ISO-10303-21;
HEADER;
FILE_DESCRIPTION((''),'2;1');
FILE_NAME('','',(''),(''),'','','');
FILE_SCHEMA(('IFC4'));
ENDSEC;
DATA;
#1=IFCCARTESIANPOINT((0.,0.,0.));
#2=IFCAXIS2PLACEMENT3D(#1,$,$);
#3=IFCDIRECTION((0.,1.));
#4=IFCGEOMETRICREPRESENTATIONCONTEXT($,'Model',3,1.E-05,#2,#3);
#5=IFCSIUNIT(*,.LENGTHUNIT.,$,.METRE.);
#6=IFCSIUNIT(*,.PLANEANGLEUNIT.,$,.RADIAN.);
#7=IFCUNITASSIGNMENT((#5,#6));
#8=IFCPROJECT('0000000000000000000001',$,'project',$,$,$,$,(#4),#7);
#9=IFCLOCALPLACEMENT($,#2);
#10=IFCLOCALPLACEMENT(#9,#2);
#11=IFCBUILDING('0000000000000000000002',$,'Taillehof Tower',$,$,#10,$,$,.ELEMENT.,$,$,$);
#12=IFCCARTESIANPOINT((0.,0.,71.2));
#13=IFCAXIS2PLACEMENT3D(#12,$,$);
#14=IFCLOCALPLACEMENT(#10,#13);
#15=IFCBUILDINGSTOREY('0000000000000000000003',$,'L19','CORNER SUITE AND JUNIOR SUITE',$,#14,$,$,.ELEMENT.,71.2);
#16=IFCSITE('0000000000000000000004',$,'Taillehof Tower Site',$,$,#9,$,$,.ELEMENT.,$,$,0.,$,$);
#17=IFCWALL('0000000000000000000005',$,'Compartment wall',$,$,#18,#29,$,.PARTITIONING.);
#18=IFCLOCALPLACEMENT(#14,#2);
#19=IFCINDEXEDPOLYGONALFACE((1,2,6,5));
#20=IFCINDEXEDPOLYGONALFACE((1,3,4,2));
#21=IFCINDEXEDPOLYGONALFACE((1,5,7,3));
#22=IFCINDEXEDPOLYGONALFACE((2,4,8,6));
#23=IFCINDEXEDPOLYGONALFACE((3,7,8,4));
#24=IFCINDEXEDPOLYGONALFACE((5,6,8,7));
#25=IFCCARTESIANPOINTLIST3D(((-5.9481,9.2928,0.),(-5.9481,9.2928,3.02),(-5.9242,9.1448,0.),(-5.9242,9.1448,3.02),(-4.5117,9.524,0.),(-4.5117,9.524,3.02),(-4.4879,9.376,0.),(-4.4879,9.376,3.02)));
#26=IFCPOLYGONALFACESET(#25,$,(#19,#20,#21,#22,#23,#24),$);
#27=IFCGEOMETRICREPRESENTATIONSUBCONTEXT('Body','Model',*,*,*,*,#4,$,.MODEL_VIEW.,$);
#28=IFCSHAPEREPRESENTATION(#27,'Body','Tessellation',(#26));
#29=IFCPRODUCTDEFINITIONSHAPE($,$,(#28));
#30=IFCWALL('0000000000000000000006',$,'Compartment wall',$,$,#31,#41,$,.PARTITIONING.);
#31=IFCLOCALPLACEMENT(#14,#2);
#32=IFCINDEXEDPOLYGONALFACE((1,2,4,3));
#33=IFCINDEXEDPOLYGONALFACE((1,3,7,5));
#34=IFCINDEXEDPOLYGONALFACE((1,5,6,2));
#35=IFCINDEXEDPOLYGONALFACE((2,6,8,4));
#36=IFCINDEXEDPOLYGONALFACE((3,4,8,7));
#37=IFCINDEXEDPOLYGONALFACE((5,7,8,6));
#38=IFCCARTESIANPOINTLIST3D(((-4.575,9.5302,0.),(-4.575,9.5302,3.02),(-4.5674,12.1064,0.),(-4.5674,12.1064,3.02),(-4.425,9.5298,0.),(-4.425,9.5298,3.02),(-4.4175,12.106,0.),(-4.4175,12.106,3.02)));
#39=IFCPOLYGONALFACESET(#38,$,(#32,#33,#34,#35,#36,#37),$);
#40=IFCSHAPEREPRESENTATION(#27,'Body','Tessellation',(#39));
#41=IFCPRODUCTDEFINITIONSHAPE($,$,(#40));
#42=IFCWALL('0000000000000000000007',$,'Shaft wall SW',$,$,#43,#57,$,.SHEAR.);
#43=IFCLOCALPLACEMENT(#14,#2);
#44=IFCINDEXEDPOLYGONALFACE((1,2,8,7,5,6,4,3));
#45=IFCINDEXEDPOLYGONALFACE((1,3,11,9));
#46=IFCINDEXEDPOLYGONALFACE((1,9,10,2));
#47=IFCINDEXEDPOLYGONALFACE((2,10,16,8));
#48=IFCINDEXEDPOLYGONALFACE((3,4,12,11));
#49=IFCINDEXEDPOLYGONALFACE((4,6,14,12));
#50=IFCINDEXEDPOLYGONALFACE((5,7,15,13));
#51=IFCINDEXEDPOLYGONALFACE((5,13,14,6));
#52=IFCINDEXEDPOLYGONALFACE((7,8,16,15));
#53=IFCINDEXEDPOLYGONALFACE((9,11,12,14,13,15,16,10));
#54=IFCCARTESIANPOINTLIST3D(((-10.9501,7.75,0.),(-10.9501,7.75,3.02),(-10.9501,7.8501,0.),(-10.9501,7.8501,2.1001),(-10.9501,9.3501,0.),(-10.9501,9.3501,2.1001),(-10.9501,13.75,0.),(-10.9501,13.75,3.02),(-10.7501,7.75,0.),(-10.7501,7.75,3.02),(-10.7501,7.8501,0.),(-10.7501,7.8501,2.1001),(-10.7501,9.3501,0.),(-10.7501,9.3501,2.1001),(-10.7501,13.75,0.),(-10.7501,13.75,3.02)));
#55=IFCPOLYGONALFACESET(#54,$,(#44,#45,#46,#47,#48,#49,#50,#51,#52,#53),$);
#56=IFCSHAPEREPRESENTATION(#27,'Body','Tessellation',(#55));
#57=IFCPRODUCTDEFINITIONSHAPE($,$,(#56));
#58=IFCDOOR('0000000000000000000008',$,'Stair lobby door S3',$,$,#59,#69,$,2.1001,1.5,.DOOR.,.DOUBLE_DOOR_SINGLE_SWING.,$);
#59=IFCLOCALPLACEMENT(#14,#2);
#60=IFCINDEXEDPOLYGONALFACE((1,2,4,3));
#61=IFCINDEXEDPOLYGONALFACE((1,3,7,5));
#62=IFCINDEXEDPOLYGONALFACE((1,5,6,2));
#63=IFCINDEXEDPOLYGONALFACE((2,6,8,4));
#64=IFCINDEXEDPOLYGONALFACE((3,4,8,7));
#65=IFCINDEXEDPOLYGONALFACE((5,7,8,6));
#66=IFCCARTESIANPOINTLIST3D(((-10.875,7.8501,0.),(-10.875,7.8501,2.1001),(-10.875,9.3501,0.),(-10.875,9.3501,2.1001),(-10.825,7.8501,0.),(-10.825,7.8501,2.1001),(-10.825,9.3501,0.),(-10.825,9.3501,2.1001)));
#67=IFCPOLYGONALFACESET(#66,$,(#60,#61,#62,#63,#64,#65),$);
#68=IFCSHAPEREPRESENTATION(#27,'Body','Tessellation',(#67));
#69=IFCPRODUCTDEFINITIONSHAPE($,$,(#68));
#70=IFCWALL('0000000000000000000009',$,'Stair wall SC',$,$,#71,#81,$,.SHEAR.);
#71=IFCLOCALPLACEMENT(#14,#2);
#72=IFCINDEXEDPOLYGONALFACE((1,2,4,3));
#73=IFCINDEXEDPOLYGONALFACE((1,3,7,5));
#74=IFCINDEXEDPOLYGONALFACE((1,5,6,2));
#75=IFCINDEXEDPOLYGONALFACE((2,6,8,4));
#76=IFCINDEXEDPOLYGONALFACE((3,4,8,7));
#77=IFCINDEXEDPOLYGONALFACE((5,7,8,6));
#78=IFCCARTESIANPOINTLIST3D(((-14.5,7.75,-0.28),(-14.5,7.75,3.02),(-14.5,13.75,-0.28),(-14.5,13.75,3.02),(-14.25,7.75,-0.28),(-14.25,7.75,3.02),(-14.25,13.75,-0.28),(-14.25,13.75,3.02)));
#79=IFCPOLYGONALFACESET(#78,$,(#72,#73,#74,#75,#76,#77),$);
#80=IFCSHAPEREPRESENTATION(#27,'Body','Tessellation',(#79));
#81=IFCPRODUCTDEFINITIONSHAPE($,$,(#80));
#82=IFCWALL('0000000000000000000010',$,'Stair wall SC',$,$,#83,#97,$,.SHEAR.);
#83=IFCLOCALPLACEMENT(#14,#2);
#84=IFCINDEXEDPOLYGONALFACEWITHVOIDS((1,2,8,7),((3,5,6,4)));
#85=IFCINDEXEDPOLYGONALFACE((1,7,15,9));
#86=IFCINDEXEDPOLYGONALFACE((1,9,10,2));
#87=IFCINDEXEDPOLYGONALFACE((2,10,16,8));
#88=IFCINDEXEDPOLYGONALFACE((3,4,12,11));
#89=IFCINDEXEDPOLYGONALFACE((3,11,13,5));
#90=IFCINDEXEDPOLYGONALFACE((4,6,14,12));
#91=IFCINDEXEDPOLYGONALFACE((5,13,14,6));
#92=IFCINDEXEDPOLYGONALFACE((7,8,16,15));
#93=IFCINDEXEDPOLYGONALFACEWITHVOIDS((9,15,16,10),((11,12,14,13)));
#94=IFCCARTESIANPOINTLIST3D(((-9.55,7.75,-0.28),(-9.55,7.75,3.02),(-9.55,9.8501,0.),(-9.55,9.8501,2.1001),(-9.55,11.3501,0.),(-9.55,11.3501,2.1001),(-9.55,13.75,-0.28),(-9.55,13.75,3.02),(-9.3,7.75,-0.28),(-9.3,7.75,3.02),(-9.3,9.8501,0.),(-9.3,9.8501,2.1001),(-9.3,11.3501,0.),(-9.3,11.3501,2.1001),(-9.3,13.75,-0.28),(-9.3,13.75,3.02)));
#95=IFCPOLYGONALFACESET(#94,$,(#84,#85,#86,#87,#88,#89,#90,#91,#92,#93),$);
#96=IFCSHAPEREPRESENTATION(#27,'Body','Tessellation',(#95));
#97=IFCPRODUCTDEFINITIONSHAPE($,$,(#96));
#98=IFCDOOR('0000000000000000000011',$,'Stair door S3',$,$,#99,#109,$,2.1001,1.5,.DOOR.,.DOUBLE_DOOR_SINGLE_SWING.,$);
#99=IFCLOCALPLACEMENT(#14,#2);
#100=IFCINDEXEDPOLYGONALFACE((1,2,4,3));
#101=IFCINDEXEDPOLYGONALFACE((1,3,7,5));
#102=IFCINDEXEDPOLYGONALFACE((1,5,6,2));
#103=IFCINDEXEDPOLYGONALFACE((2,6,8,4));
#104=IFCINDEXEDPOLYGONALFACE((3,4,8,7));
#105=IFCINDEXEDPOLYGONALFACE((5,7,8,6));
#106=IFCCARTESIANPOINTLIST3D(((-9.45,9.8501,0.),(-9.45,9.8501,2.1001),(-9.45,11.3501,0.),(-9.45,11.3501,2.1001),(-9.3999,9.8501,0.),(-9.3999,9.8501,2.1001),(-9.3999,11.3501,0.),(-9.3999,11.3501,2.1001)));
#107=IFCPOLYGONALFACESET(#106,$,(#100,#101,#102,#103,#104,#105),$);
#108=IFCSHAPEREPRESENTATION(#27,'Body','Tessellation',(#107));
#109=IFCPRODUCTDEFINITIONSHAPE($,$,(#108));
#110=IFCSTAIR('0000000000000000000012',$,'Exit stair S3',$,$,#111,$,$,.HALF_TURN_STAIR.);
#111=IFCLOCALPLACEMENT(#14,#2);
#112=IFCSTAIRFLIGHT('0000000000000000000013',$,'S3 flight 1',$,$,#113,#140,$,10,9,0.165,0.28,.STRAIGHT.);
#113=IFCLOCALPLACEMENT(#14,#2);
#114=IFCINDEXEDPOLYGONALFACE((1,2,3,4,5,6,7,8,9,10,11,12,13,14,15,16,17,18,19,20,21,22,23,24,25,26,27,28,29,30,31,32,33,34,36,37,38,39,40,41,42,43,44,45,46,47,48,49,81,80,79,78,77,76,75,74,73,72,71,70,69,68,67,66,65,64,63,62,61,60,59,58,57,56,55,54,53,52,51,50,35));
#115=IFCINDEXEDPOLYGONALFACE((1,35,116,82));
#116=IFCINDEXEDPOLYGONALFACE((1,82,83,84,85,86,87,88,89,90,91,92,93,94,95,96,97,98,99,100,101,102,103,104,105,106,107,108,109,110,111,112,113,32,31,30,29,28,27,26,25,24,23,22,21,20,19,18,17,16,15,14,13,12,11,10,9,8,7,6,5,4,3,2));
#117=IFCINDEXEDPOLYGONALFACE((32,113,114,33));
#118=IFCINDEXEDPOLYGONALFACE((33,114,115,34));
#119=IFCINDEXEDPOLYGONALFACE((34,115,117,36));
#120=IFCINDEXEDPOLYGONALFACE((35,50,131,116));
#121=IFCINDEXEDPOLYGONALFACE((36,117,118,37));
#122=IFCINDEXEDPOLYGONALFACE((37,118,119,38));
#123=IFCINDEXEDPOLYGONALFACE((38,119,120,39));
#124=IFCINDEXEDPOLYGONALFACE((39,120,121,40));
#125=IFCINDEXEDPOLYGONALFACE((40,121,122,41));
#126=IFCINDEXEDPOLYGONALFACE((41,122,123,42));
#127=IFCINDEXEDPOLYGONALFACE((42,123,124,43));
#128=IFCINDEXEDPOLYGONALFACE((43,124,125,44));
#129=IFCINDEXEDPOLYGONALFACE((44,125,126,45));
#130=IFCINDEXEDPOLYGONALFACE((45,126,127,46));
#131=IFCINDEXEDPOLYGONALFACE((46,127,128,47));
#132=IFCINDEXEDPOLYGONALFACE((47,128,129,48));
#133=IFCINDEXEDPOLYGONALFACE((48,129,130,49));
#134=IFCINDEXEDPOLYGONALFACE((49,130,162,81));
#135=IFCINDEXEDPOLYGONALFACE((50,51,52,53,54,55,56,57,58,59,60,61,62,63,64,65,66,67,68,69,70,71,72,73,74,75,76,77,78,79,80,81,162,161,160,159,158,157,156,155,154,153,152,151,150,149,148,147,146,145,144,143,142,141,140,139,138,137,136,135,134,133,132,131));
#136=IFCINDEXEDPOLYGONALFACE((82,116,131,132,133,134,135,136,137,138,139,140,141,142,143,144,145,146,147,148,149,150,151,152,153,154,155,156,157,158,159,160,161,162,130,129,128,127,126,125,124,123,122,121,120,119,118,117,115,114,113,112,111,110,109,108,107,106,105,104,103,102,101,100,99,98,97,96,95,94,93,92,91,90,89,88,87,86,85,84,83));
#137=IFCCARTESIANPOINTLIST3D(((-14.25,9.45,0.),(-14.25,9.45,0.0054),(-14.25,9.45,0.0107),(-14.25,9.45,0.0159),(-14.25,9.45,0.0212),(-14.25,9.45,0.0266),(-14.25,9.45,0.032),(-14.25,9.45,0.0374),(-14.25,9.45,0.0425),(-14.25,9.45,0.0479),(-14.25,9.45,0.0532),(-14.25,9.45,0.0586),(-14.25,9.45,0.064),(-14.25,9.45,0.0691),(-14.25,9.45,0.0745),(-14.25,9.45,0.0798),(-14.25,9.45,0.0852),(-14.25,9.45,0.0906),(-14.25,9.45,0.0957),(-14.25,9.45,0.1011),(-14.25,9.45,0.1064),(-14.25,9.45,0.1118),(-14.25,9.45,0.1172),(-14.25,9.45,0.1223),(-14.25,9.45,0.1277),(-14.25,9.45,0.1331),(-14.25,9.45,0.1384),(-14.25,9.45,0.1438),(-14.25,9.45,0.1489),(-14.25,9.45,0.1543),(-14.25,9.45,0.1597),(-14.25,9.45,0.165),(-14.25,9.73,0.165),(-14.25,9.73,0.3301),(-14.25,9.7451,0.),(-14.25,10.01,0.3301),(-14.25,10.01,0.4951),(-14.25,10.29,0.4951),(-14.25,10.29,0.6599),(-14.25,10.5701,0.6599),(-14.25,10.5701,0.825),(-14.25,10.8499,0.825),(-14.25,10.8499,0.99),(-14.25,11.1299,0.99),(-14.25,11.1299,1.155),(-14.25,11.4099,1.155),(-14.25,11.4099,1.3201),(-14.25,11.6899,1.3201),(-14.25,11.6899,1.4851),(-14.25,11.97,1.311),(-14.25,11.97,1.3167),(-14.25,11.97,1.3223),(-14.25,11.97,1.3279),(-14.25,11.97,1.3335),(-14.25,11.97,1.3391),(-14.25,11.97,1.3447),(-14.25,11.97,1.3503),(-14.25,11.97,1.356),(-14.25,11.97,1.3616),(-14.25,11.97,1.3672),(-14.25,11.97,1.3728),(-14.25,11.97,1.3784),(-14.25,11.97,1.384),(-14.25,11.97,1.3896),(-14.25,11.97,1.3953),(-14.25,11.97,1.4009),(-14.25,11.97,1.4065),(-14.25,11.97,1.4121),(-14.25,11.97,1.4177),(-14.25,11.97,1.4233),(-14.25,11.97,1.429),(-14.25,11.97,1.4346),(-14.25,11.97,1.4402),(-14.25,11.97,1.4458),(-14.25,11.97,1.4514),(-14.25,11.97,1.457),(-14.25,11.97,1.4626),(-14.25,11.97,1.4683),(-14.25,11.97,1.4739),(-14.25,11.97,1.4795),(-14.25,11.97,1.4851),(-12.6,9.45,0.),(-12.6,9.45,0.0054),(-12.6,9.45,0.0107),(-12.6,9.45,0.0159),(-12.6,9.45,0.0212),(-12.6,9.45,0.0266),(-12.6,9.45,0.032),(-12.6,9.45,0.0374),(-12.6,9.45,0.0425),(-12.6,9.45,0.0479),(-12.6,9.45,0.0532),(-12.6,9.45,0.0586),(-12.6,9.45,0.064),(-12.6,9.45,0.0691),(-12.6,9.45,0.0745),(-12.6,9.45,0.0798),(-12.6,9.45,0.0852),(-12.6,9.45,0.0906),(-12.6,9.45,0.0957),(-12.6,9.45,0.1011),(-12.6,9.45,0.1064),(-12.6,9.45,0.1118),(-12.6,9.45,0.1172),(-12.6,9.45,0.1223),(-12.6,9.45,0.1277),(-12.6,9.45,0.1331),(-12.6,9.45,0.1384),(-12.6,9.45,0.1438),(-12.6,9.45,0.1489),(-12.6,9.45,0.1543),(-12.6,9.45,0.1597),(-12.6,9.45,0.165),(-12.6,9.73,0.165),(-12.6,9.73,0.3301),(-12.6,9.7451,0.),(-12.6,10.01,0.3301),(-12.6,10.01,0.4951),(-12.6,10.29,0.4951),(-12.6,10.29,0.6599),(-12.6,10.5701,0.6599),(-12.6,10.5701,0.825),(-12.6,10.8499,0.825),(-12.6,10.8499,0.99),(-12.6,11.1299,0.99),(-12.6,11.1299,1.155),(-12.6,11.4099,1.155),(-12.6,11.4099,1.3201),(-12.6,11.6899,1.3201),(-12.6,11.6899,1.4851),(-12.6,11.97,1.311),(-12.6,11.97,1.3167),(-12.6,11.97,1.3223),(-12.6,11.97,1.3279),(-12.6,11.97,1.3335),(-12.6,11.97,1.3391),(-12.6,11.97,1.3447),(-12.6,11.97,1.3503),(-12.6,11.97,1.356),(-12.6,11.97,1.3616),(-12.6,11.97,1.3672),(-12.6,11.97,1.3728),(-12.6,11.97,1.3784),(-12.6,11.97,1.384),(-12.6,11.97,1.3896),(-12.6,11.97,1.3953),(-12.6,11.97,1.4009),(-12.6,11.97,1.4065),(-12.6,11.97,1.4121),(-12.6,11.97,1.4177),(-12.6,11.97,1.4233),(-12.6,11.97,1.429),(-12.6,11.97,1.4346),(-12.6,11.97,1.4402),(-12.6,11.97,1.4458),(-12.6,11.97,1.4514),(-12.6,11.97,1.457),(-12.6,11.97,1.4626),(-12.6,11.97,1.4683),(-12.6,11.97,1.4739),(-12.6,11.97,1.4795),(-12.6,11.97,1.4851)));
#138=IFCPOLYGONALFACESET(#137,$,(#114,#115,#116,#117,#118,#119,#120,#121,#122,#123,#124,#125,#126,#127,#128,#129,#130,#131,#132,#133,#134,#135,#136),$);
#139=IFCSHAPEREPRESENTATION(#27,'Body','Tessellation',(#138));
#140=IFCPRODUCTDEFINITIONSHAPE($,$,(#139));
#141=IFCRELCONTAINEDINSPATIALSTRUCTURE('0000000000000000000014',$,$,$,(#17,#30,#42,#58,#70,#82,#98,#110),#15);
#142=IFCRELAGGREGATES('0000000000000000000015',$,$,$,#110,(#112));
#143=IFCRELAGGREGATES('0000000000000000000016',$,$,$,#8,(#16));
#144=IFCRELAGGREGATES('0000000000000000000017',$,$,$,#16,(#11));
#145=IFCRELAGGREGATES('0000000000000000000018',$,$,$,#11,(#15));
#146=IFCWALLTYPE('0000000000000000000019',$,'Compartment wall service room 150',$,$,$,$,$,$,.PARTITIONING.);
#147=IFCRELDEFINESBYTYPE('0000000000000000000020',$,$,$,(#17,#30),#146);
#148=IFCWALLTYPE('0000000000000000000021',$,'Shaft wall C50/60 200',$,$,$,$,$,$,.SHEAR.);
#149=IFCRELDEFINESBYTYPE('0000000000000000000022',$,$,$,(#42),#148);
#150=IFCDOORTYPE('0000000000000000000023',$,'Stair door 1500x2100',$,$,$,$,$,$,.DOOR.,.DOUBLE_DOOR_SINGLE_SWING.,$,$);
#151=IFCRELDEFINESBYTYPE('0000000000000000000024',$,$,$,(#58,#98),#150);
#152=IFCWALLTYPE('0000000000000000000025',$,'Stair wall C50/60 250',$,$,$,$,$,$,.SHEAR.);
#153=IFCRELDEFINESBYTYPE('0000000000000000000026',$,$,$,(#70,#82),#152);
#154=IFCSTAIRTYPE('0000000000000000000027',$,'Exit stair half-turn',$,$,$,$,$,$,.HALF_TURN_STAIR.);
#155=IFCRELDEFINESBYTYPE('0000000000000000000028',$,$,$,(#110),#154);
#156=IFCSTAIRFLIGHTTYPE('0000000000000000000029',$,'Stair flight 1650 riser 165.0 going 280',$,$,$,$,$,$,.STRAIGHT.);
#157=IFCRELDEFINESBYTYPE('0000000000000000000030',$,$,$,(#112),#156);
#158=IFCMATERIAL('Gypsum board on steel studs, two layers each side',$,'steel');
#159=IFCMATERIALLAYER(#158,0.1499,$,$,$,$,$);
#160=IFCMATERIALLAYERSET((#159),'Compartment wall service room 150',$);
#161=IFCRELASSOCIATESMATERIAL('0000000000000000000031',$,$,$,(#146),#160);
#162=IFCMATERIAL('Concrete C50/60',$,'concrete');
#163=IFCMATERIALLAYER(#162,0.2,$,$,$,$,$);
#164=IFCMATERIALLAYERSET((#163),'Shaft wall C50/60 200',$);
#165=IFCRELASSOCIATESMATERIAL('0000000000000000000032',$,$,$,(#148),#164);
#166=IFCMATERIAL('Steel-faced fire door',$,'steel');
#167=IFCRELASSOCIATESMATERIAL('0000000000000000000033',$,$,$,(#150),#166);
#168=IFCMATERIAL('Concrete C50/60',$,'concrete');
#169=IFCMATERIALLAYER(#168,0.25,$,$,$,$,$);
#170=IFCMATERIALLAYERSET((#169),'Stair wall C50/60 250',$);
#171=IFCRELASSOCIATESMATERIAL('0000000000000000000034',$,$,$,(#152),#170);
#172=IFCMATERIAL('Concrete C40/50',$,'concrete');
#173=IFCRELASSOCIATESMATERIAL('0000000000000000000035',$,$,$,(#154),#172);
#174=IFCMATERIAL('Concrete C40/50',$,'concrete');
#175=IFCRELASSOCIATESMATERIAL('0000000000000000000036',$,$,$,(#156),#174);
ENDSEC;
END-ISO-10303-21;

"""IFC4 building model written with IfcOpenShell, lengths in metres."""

from ifc_helpers import new_model, si_unit, direction, frame, frame_2d, origin, place, context, subcontext, project, spatial, polyline, rectangle, outline, extrude, material, layer, layer_set, type_object, element, fill, aggregate, save


model = new_model("IFC4")

# Units and contexts
model_context = context("Model", 3, precision=1e-05, world=origin(), true_north=direction((0.0, 1.0)))
body_context = subcontext(model_context, "Body", "Model", "MODEL_VIEW")
ifc_project = project(units=[si_unit("LENGTHUNIT", "METRE"), si_unit("PLANEANGLEUNIT", "RADIAN")], contexts=[model_context])

# Site, building, storey
site_placement = place(None, origin())
site = spatial("IfcSite", under=ifc_project, at=site_placement, Name="Taillehof Tower Site", CompositionType="ELEMENT", RefElevation=0.0)
building_placement = place(site_placement, origin())
building = spatial("IfcBuilding", under=site, at=building_placement, Name="Taillehof Tower", CompositionType="ELEMENT")
storey_placement = place(building_placement, frame((0.0, 0.0, 71.2)))
storey = spatial("IfcBuildingStorey", under=building, at=storey_placement, Name="L19", Description="CORNER SUITE AND JUNIOR SUITE", CompositionType="ELEMENT", Elevation=71.2)

# Shared definitions
ifc_material_1 = material(Name="Gypsum board on steel studs, two layers each side", Category="steel")
ifc_layer_1 = layer(ifc_material_1, 0.1499)
ifc_layer_set_1 = layer_set([ifc_layer_1], Name="Compartment wall service room 150")
wall_type_1 = type_object("IfcWallType", Name="Compartment wall service room 150", PredefinedType="PARTITIONING", material=ifc_layer_set_1)

# Walls
wall_1_placement = place(storey_placement, frame((-5.9363, 9.2188, 0.0), z_axis=(0.0, 0.0, 1.0), x_axis=(0.98729, 0.158926, 0.0)))
element("IfcWall", 1, at=wall_1_placement, inside=storey, type_object=wall_type_1, Name="Compartment wall", PredefinedType="PARTITIONING", context=body_context, shape_type="SweptSolid", body=[
    extrude(rectangle(XDim=1.4548, YDim=0.1499, at=frame_2d((0.7275, 0.0))), origin(), (0.0, 0.0, 1.0), 3.02),
])
wall_2_placement = place(storey_placement, frame((-4.5, 9.53, 0.0), z_axis=(0.0, 0.0, 1.0), x_axis=(0.002938, 0.999996, 0.0)))
element("IfcWall", 2, at=wall_2_placement, inside=storey, type_object=wall_type_1, Name="Compartment wall", PredefinedType="PARTITIONING", context=body_context, shape_type="SweptSolid", body=[
    extrude(rectangle(XDim=2.5762, YDim=0.1499, at=frame_2d((1.2881, 0.0))), origin(), (0.0, 0.0, 1.0), 3.02),
])

# Wall, opening, door
ifc_material_2 = material(Name="Concrete C50/60", Category="concrete")
ifc_layer_2 = layer(ifc_material_2, 0.2)
ifc_layer_set_2 = layer_set([ifc_layer_2], Name="Shaft wall C50/60 200")
wall_type_2 = type_object("IfcWallType", Name="Shaft wall C50/60 200", PredefinedType="SHEAR", material=ifc_layer_set_2)
wall_3_placement = place(storey_placement, frame((-10.8501, 7.75, 0.0), z_axis=(0.0, 0.0, 1.0), x_axis=(0.0, 1.0, 0.0)))
wall_3 = element("IfcWall", 3, at=wall_3_placement, inside=storey, type_object=wall_type_2, Name="Shaft wall SW", PredefinedType="SHEAR", context=body_context, shape_type="SweptSolid", body=[
    extrude(rectangle(XDim=6.0, YDim=0.2, at=frame_2d((3.0, 0.0))), origin(), (0.0, 0.0, 1.0), 3.02),
])
opening_1_placement = place(wall_3_placement, frame((0.1001, 0.0, 0.0)))
opening_1 = element("IfcOpeningElement", 4, at=opening_1_placement, cuts=wall_3, PredefinedType="OPENING", context=body_context, shape_type="SweptSolid", body=[
    extrude(rectangle(XDim=1.5, YDim=2.1001, at=frame_2d((0.75, 1.05))), frame((0.0, 0.1099, 0.0), z_axis=(0.0, -1.0, 0.0), x_axis=(1.0, 0.0, 0.0)), (0.0, 0.0, 1.0), 0.22),
])
ifc_material_3 = material(Name="Steel-faced fire door", Category="steel")
door_type_1 = type_object("IfcDoorType", Name="Stair door 1500x2100", OperationType="DOUBLE_DOOR_SINGLE_SWING", PredefinedType="DOOR", material=ifc_material_3)
door_1_placement = place(opening_1_placement, origin())
door_1 = element("IfcDoor", 5, at=door_1_placement, inside=storey, type_object=door_type_1, Name="Stair lobby door S3", OperationType="DOUBLE_DOOR_SINGLE_SWING", OverallHeight=2.1001, OverallWidth=1.5, PredefinedType="DOOR", context=body_context, shape_type="SweptSolid", body=[
    extrude(rectangle(XDim=1.5, YDim=2.1001, at=frame_2d((0.75, 1.05))), frame((0.0, 0.0249, 0.0), z_axis=(0.0, -1.0, 0.0), x_axis=(1.0, 0.0, 0.0)), (0.0, 0.0, 1.0), 0.05),
])
fill(opening_1, door_1)

# Wall
ifc_material_4 = material(Name="Concrete C50/60", Category="concrete")
ifc_layer_3 = layer(ifc_material_4, 0.25)
ifc_layer_set_3 = layer_set([ifc_layer_3], Name="Stair wall C50/60 250")
wall_type_3 = type_object("IfcWallType", Name="Stair wall C50/60 250", PredefinedType="SHEAR", material=ifc_layer_set_3)
wall_4_placement = place(storey_placement, frame((-14.375, 7.75, -0.28), z_axis=(0.0, 0.0, 1.0), x_axis=(0.0, 1.0, 0.0)))
element("IfcWall", 6, at=wall_4_placement, inside=storey, type_object=wall_type_3, Name="Stair wall SC", PredefinedType="SHEAR", context=body_context, shape_type="SweptSolid", body=[
    extrude(rectangle(XDim=6.0, YDim=0.25, at=frame_2d((3.0, 0.0))), origin(), (0.0, 0.0, 1.0), 3.3),
])

# Wall, opening, door
wall_5_placement = place(storey_placement, frame((-9.425, 7.75, -0.28), z_axis=(0.0, 0.0, 1.0), x_axis=(0.0, 1.0, 0.0)))
wall_5 = element("IfcWall", 7, at=wall_5_placement, inside=storey, type_object=wall_type_3, Name="Stair wall SC", PredefinedType="SHEAR", context=body_context, shape_type="SweptSolid", body=[
    extrude(rectangle(XDim=6.0, YDim=0.25, at=frame_2d((3.0, 0.0))), origin(), (0.0, 0.0, 1.0), 3.3),
])
opening_2_placement = place(wall_5_placement, frame((2.1001, 0.0, 0.28)))
opening_2 = element("IfcOpeningElement", 8, at=opening_2_placement, cuts=wall_5, PredefinedType="OPENING", context=body_context, shape_type="SweptSolid", body=[
    extrude(rectangle(XDim=1.5, YDim=2.1001, at=frame_2d((0.75, 1.05))), frame((0.0, 0.135, 0.0), z_axis=(0.0, -1.0, 0.0), x_axis=(1.0, 0.0, 0.0)), (0.0, 0.0, 1.0), 0.27),
])
door_2_placement = place(opening_2_placement, origin())
door_2 = element("IfcDoor", 9, at=door_2_placement, inside=storey, type_object=door_type_1, Name="Stair door S3", OperationType="DOUBLE_DOOR_SINGLE_SWING", OverallHeight=2.1001, OverallWidth=1.5, PredefinedType="DOOR", context=body_context, shape_type="SweptSolid", body=[
    extrude(rectangle(XDim=1.5, YDim=2.1001, at=frame_2d((0.75, 1.05))), frame((0.0, 0.0249, 0.0), z_axis=(0.0, -1.0, 0.0), x_axis=(1.0, 0.0, 0.0)), (0.0, 0.0, 1.0), 0.05),
])
fill(opening_2, door_2)

# Stair, stair flight
ifc_material_5 = material(Name="Concrete C40/50", Category="concrete")
stair_type = type_object("IfcStairType", Name="Exit stair half-turn", PredefinedType="HALF_TURN_STAIR", material=ifc_material_5)
stair_placement = place(storey_placement, origin())
stair = element("IfcStair", 10, at=stair_placement, inside=storey, type_object=stair_type, Name="Exit stair S3", PredefinedType="HALF_TURN_STAIR")
ifc_material_6 = material(Name="Concrete C40/50", Category="concrete")
stair_flight_type = type_object("IfcStairFlightType", Name="Stair flight 1650 riser 165.0 going 280", PredefinedType="STRAIGHT", material=ifc_material_6)
stair_flight_1_placement = place(storey_placement, frame((-13.425, 9.45, 0.0), z_axis=(0.0, 0.0, 1.0), x_axis=(0.0, 1.0, 0.0)))
stair_flight_1 = element("IfcStairFlight", 11, at=stair_flight_1_placement, type_object=stair_flight_type, Name="S3 flight 1", NumberOfRisers=10, NumberOfTreads=9, PredefinedType="STRAIGHT", RiserHeight=0.165, TreadLength=0.28, context=body_context, shape_type="SweptSolid", body=[
    extrude(outline(polyline([(0.0, 0.0), (0.0, 0.0054), (0.0, 0.0107), (0.0, 0.0159), (0.0, 0.0212), (0.0, 0.0266), (0.0, 0.032), (0.0, 0.0374), (0.0, 0.0425), (0.0, 0.0479), (0.0, 0.0532), (0.0, 0.0586), (0.0, 0.064), (0.0, 0.0691), (0.0, 0.0745), (0.0, 0.0798), (0.0, 0.0852), (0.0, 0.0906), (0.0, 0.0957), (0.0, 0.1011), (0.0, 0.1064), (0.0, 0.1118), (0.0, 0.1172), (0.0, 0.1223), (0.0, 0.1277), (0.0, 0.1331), (0.0, 0.1384), (0.0, 0.1438), (0.0, 0.1489), (0.0, 0.1543), (0.0, 0.1597), (0.0, 0.165), (0.28, 0.165), (0.28, 0.3301), (0.5601, 0.3301), (0.5601, 0.4951), (0.8401, 0.4951), (0.8401, 0.6599), (1.1201, 0.6599), (1.1201, 0.825), (1.3999, 0.825), (1.3999, 0.99), (1.6799, 0.99), (1.6799, 1.155), (1.96, 1.155), (1.96, 1.3201), (2.24, 1.3201), (2.24, 1.4851), (2.52, 1.4851), (2.52, 1.4795), (2.52, 1.4739), (2.52, 1.4683), (2.52, 1.4626), (2.52, 1.457), (2.52, 1.4514), (2.52, 1.4458), (2.52, 1.4402), (2.52, 1.4346), (2.52, 1.429), (2.52, 1.4233), (2.52, 1.4177), (2.52, 1.4121), (2.52, 1.4065), (2.52, 1.4009), (2.52, 1.3953), (2.52, 1.3896), (2.52, 1.384), (2.52, 1.3784), (2.52, 1.3728), (2.52, 1.3672), (2.52, 1.3616), (2.52, 1.356), (2.52, 1.3503), (2.52, 1.3447), (2.52, 1.3391), (2.52, 1.3335), (2.52, 1.3279), (2.52, 1.3223), (2.52, 1.3167), (2.52, 1.311), (0.2952, 0.0), (0.0, 0.0)])), frame((0.0, 0.825, 0.0), z_axis=(0.0, -1.0, 0.0), x_axis=(1.0, 0.0, 0.0)), (0.0, 0.0, 1.0), 1.65),
])
aggregate(stair, [stair_flight_1])

save(model, "model.ifc")
